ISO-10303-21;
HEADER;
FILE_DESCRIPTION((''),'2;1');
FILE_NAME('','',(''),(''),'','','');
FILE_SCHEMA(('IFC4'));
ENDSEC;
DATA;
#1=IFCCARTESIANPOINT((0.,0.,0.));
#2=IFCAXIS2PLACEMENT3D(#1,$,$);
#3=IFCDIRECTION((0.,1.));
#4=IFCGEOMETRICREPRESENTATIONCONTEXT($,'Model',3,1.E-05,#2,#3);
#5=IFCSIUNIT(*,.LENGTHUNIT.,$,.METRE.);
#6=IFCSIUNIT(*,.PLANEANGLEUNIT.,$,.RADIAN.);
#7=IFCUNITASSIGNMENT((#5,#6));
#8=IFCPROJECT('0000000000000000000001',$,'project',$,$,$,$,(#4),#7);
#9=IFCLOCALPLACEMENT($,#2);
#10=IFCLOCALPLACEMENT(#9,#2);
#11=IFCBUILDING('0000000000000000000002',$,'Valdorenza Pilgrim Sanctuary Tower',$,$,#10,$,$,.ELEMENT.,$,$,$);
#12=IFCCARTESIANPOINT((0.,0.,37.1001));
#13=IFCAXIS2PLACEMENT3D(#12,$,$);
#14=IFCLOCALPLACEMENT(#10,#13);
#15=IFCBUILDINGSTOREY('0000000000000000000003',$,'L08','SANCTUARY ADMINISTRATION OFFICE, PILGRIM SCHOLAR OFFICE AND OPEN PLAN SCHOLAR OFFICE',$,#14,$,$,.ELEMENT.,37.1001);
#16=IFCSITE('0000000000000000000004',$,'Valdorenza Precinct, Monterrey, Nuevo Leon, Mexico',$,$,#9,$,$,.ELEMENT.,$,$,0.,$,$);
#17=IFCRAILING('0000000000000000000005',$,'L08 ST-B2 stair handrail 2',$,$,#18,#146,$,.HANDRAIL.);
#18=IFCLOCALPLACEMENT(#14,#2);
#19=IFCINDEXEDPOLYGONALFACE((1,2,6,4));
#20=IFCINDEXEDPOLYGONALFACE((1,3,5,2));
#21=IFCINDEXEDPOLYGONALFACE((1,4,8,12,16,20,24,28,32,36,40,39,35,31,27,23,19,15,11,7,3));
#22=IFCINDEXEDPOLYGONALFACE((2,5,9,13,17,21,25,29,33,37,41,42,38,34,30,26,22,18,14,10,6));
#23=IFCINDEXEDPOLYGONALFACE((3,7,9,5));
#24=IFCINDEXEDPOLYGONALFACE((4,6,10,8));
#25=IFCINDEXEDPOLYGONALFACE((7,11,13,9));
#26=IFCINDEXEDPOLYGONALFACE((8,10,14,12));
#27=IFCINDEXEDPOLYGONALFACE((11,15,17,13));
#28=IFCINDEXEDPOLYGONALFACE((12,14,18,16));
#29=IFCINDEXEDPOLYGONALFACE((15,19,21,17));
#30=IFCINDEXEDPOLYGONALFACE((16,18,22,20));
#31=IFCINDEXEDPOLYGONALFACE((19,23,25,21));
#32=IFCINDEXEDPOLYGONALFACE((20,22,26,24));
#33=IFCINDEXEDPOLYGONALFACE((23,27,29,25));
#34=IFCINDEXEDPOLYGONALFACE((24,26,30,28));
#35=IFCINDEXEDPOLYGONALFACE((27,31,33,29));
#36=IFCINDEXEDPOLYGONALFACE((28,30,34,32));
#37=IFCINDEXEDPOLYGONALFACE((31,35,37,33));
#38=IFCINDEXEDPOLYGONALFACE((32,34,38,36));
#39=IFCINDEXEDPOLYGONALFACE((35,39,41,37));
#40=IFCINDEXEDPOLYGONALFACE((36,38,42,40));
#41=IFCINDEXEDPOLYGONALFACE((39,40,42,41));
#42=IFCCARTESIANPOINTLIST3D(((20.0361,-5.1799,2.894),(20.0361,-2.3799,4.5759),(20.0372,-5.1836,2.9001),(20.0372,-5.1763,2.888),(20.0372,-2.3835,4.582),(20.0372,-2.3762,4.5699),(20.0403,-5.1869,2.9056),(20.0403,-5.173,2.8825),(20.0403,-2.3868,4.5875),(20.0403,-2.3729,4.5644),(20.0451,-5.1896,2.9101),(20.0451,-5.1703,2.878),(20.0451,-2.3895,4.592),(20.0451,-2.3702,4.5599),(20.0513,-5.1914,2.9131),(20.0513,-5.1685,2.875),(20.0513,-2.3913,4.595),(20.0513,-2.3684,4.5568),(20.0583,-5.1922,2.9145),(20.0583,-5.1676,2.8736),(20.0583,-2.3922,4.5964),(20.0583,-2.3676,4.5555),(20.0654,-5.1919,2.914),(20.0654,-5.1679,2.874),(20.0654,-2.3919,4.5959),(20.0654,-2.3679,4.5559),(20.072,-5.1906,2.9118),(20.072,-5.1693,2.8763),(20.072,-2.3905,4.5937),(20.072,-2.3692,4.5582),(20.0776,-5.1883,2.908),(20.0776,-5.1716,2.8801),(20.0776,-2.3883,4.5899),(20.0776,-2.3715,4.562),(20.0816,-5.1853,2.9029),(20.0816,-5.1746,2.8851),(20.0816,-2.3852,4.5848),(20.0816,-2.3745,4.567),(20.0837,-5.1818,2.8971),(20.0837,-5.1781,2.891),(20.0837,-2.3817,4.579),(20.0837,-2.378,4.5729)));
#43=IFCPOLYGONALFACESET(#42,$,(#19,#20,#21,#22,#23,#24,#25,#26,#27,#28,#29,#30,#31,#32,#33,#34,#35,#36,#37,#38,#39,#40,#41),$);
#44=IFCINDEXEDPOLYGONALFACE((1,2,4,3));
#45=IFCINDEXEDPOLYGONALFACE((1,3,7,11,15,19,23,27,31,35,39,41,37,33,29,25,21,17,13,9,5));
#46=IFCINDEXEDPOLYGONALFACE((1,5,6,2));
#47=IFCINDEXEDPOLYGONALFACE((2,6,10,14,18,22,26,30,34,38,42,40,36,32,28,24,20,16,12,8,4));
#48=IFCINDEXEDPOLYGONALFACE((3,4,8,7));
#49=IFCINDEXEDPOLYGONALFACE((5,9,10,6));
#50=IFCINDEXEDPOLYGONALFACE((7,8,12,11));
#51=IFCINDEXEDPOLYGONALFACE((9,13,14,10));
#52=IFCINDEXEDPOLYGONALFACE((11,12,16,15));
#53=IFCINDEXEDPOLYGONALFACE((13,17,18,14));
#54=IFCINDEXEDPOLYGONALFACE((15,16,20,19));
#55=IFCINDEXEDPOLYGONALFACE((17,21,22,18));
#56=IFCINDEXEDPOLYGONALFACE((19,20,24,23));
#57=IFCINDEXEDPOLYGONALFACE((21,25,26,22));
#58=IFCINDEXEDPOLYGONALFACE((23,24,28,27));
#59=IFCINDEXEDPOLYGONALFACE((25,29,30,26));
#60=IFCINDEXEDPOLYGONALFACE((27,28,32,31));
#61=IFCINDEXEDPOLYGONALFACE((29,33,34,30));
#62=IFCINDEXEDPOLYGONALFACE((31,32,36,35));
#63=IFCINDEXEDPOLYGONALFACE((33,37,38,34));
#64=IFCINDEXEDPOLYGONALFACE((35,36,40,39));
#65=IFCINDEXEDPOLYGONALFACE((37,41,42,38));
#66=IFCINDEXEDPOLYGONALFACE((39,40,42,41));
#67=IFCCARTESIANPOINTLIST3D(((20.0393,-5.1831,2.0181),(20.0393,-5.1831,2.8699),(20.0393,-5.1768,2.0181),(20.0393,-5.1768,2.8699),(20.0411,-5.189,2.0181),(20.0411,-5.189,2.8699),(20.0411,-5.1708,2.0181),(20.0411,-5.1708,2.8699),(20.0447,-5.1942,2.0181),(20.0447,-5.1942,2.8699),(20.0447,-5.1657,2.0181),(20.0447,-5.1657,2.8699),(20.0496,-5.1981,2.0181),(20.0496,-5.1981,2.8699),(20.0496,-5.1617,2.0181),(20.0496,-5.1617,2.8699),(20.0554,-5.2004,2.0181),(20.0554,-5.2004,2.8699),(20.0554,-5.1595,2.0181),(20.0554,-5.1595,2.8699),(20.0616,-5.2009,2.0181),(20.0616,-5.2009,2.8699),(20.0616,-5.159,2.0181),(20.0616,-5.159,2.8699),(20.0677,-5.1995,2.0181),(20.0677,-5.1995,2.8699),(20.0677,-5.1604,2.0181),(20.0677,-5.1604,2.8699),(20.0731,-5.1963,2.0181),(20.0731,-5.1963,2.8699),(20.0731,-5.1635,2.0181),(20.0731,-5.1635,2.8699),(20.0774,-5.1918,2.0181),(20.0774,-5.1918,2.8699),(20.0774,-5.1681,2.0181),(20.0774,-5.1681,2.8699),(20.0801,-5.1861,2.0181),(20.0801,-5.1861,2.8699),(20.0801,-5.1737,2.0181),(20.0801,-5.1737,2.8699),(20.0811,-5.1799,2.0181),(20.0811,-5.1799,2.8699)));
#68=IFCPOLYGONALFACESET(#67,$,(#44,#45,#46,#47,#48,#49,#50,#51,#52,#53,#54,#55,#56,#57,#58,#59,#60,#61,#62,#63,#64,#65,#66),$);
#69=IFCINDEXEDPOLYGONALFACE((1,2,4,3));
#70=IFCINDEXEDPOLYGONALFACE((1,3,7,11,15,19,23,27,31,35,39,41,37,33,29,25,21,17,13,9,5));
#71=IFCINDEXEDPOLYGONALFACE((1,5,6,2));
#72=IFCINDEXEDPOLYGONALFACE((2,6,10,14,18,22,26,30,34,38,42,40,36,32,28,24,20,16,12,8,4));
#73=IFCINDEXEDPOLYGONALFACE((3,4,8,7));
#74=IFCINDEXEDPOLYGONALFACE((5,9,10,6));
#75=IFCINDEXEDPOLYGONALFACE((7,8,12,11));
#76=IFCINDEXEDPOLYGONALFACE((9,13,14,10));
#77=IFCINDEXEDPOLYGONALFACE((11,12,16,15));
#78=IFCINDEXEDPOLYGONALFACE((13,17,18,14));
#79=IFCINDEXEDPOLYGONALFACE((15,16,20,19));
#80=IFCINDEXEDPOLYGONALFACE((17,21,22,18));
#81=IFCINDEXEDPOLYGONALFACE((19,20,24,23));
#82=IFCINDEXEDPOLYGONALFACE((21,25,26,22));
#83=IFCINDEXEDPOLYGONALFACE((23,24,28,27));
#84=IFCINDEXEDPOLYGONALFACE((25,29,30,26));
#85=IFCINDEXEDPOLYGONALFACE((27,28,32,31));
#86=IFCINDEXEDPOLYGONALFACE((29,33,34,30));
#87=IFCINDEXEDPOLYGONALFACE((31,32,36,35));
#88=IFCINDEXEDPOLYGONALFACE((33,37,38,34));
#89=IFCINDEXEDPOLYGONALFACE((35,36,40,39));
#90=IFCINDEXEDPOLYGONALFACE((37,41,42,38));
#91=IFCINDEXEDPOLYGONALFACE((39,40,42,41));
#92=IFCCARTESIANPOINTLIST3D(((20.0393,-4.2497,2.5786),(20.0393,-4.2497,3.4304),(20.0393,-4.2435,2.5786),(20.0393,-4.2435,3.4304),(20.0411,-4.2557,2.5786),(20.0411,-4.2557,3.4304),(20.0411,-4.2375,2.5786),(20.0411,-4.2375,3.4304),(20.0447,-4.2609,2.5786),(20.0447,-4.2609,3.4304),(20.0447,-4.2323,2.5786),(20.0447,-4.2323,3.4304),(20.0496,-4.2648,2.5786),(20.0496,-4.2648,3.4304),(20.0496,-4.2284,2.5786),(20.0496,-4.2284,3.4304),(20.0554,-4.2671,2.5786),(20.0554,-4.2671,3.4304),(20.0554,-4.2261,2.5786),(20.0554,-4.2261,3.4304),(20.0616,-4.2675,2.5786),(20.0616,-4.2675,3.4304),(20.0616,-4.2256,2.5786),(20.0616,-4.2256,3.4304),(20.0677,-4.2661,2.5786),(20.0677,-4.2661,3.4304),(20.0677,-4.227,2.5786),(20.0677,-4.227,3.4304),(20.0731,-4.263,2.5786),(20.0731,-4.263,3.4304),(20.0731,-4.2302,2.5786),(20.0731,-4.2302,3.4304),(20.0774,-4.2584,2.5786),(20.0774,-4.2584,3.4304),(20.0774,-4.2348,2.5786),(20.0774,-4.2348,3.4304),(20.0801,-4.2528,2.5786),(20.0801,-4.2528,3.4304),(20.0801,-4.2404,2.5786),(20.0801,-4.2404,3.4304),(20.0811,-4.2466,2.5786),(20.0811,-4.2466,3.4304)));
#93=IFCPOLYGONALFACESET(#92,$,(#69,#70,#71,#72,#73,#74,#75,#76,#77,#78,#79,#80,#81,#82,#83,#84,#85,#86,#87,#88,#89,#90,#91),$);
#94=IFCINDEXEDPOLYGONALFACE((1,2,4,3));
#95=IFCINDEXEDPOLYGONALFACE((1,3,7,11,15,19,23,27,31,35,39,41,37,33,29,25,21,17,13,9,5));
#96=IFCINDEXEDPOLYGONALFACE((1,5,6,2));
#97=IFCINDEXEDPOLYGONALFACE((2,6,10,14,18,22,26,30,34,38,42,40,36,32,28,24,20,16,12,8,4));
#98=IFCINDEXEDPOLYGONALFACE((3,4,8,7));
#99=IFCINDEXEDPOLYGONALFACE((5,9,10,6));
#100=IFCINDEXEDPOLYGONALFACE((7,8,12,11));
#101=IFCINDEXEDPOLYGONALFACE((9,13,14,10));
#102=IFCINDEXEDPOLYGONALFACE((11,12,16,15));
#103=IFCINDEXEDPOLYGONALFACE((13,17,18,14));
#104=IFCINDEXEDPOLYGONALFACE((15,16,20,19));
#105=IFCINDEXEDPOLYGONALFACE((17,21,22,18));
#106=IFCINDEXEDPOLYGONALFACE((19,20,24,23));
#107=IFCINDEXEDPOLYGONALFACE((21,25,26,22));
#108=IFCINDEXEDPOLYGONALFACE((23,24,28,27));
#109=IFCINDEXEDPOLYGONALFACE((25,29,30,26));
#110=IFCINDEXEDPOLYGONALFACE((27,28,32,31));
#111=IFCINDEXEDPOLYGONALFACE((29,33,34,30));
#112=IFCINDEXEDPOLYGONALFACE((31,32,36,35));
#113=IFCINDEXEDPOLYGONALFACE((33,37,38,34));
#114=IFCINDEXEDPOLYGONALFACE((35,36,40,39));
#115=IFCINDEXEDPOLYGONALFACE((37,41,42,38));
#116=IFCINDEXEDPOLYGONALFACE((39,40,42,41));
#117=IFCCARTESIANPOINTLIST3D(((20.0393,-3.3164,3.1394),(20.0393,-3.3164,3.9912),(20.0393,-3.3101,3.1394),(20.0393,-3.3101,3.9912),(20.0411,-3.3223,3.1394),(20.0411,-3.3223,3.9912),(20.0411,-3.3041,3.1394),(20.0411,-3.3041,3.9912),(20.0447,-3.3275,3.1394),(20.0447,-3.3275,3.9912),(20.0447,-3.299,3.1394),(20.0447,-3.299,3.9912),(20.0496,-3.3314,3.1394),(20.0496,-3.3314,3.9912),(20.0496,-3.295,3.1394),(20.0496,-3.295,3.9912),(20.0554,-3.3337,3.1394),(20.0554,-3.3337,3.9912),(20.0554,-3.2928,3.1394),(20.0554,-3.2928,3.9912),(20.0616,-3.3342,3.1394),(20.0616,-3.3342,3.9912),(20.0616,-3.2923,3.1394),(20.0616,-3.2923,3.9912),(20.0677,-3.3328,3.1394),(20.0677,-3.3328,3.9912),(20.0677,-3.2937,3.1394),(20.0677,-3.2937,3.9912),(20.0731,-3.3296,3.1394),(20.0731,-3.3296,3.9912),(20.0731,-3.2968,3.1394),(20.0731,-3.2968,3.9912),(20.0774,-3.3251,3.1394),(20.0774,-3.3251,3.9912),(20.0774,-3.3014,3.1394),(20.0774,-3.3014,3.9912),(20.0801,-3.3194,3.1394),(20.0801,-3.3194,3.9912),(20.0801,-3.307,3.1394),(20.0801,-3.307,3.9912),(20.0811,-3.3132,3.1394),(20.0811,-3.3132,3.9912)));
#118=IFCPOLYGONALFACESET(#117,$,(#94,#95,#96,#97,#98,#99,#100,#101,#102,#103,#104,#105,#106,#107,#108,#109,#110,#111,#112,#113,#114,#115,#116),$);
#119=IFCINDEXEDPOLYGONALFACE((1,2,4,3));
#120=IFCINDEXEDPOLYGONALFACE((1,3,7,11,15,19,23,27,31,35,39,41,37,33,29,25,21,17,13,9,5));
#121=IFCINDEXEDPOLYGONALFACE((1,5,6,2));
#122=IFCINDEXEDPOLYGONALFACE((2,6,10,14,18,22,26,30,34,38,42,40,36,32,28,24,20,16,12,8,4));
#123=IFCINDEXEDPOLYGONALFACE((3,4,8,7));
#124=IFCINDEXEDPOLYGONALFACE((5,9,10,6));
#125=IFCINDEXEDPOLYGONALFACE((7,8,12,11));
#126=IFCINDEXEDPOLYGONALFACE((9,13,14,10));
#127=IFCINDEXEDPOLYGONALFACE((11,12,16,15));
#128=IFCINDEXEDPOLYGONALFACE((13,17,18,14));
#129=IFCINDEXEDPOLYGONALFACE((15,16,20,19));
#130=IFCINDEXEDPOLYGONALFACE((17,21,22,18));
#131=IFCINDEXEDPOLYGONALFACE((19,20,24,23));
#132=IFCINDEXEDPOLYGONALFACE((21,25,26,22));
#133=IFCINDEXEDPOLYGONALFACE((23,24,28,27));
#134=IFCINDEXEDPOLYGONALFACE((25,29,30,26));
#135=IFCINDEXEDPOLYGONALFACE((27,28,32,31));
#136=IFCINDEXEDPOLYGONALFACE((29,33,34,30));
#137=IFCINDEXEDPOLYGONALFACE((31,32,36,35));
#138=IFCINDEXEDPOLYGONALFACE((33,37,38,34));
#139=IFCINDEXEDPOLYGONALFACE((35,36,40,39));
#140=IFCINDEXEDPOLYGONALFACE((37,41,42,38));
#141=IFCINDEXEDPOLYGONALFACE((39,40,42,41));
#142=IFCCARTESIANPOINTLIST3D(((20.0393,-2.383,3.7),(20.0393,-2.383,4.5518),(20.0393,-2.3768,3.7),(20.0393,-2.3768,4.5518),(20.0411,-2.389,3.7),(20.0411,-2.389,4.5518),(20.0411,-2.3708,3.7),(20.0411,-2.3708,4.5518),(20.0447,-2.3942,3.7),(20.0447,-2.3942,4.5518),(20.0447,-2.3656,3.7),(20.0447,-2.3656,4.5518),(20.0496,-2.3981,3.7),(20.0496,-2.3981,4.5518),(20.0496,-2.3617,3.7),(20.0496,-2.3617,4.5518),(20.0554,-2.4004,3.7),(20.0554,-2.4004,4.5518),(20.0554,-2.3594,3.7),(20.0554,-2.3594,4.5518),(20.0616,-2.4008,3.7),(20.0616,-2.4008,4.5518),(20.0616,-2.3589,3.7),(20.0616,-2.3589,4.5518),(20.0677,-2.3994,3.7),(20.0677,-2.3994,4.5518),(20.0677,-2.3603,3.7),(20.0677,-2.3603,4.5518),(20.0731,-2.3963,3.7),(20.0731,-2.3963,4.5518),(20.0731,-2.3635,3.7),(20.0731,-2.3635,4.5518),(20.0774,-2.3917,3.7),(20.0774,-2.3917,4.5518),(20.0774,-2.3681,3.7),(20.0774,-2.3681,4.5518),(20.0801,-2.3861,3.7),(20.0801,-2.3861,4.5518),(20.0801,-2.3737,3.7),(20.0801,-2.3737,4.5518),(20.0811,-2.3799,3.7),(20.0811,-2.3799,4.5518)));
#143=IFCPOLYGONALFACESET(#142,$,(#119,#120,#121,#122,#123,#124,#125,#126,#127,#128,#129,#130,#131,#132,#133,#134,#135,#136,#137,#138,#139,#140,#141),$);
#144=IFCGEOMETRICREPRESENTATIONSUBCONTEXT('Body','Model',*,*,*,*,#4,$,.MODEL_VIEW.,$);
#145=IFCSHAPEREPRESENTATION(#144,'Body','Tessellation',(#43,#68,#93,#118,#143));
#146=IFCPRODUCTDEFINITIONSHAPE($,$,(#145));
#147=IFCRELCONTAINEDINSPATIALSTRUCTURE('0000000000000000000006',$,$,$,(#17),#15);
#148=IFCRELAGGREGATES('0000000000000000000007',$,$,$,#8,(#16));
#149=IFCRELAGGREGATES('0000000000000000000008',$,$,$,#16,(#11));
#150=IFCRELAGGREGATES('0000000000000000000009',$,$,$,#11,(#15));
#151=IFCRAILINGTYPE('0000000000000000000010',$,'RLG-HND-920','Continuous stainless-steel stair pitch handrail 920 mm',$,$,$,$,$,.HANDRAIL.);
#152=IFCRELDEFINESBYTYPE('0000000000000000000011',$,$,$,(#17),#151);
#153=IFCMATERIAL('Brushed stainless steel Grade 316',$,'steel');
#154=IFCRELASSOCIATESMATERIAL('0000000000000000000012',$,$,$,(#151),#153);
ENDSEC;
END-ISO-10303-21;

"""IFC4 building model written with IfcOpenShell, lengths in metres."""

from ifc_helpers import new_model, si_unit, direction, frame, origin, origin_2d, place, context, subcontext, project, spatial, circle, extrude, material, type_object, element, save


model = new_model("IFC4")

# Units and contexts
model_context = context("Model", 3, precision=1e-05, world=origin(), true_north=direction((0.0, 1.0)))
body_context = subcontext(model_context, "Body", "Model", "MODEL_VIEW")
ifc_project = project(units=[si_unit("LENGTHUNIT", "METRE"), si_unit("PLANEANGLEUNIT", "RADIAN")], contexts=[model_context])

# Site, building, storey
site_placement = place(None, origin())
site = spatial("IfcSite", under=ifc_project, at=site_placement, Name="Valdorenza Precinct, Monterrey, Nuevo Leon, Mexico", CompositionType="ELEMENT", RefElevation=0.0)
building_placement = place(site_placement, origin())
building = spatial("IfcBuilding", under=site, at=building_placement, Name="Valdorenza Pilgrim Sanctuary Tower", CompositionType="ELEMENT")
storey_placement = place(building_placement, frame((0.0, 0.0, 37.1001)))
storey = spatial("IfcBuildingStorey", under=building, at=storey_placement, Name="L08", Description="SANCTUARY ADMINISTRATION OFFICE, PILGRIM SCHOLAR OFFICE AND OPEN PLAN SCHOLAR OFFICE", CompositionType="ELEMENT", Elevation=37.1001)

# Shared definitions
ifc_material_1 = material(Name="Brushed stainless steel Grade 316", Category="steel")

# Railing
railing_type_1 = type_object("IfcRailingType", Name="RLG-HND-920", Description="Continuous stainless-steel stair pitch handrail 920 mm", PredefinedType="HANDRAIL", material=ifc_material_1)
railing_1_placement = place(storey_placement, frame((20.0601, -5.1799, 2.0181)))
element("IfcRailing", 1, at=railing_1_placement, inside=storey, type_object=railing_type_1, Name="L08 ST-B2 stair handrail 2", PredefinedType="HANDRAIL", context=body_context, shape_type="SweptSolid", body=[
    extrude(circle(Radius=0.0239, at=origin_2d()), frame((0.0, 0.0, 0.876), z_axis=(0.0, 0.857242, 0.514913), x_axis=(-1.0, 0.0, 0.0)), (0.0, 0.0, 1.0), 3.2664),
    extrude(circle(Radius=0.021, at=origin_2d()), origin(), (0.0, 0.0, 1.0), 0.8518),
    extrude(circle(Radius=0.021, at=origin_2d()), frame((0.0, 0.9333, 0.5605)), (0.0, 0.0, 1.0), 0.8518),
    extrude(circle(Radius=0.021, at=origin_2d()), frame((0.0, 1.8667, 1.1213)), (0.0, 0.0, 1.0), 0.8518),
    extrude(circle(Radius=0.021, at=origin_2d()), frame((0.0, 2.8, 1.6819)), (0.0, 0.0, 1.0), 0.8518),
])

save(model, "model.ifc")
